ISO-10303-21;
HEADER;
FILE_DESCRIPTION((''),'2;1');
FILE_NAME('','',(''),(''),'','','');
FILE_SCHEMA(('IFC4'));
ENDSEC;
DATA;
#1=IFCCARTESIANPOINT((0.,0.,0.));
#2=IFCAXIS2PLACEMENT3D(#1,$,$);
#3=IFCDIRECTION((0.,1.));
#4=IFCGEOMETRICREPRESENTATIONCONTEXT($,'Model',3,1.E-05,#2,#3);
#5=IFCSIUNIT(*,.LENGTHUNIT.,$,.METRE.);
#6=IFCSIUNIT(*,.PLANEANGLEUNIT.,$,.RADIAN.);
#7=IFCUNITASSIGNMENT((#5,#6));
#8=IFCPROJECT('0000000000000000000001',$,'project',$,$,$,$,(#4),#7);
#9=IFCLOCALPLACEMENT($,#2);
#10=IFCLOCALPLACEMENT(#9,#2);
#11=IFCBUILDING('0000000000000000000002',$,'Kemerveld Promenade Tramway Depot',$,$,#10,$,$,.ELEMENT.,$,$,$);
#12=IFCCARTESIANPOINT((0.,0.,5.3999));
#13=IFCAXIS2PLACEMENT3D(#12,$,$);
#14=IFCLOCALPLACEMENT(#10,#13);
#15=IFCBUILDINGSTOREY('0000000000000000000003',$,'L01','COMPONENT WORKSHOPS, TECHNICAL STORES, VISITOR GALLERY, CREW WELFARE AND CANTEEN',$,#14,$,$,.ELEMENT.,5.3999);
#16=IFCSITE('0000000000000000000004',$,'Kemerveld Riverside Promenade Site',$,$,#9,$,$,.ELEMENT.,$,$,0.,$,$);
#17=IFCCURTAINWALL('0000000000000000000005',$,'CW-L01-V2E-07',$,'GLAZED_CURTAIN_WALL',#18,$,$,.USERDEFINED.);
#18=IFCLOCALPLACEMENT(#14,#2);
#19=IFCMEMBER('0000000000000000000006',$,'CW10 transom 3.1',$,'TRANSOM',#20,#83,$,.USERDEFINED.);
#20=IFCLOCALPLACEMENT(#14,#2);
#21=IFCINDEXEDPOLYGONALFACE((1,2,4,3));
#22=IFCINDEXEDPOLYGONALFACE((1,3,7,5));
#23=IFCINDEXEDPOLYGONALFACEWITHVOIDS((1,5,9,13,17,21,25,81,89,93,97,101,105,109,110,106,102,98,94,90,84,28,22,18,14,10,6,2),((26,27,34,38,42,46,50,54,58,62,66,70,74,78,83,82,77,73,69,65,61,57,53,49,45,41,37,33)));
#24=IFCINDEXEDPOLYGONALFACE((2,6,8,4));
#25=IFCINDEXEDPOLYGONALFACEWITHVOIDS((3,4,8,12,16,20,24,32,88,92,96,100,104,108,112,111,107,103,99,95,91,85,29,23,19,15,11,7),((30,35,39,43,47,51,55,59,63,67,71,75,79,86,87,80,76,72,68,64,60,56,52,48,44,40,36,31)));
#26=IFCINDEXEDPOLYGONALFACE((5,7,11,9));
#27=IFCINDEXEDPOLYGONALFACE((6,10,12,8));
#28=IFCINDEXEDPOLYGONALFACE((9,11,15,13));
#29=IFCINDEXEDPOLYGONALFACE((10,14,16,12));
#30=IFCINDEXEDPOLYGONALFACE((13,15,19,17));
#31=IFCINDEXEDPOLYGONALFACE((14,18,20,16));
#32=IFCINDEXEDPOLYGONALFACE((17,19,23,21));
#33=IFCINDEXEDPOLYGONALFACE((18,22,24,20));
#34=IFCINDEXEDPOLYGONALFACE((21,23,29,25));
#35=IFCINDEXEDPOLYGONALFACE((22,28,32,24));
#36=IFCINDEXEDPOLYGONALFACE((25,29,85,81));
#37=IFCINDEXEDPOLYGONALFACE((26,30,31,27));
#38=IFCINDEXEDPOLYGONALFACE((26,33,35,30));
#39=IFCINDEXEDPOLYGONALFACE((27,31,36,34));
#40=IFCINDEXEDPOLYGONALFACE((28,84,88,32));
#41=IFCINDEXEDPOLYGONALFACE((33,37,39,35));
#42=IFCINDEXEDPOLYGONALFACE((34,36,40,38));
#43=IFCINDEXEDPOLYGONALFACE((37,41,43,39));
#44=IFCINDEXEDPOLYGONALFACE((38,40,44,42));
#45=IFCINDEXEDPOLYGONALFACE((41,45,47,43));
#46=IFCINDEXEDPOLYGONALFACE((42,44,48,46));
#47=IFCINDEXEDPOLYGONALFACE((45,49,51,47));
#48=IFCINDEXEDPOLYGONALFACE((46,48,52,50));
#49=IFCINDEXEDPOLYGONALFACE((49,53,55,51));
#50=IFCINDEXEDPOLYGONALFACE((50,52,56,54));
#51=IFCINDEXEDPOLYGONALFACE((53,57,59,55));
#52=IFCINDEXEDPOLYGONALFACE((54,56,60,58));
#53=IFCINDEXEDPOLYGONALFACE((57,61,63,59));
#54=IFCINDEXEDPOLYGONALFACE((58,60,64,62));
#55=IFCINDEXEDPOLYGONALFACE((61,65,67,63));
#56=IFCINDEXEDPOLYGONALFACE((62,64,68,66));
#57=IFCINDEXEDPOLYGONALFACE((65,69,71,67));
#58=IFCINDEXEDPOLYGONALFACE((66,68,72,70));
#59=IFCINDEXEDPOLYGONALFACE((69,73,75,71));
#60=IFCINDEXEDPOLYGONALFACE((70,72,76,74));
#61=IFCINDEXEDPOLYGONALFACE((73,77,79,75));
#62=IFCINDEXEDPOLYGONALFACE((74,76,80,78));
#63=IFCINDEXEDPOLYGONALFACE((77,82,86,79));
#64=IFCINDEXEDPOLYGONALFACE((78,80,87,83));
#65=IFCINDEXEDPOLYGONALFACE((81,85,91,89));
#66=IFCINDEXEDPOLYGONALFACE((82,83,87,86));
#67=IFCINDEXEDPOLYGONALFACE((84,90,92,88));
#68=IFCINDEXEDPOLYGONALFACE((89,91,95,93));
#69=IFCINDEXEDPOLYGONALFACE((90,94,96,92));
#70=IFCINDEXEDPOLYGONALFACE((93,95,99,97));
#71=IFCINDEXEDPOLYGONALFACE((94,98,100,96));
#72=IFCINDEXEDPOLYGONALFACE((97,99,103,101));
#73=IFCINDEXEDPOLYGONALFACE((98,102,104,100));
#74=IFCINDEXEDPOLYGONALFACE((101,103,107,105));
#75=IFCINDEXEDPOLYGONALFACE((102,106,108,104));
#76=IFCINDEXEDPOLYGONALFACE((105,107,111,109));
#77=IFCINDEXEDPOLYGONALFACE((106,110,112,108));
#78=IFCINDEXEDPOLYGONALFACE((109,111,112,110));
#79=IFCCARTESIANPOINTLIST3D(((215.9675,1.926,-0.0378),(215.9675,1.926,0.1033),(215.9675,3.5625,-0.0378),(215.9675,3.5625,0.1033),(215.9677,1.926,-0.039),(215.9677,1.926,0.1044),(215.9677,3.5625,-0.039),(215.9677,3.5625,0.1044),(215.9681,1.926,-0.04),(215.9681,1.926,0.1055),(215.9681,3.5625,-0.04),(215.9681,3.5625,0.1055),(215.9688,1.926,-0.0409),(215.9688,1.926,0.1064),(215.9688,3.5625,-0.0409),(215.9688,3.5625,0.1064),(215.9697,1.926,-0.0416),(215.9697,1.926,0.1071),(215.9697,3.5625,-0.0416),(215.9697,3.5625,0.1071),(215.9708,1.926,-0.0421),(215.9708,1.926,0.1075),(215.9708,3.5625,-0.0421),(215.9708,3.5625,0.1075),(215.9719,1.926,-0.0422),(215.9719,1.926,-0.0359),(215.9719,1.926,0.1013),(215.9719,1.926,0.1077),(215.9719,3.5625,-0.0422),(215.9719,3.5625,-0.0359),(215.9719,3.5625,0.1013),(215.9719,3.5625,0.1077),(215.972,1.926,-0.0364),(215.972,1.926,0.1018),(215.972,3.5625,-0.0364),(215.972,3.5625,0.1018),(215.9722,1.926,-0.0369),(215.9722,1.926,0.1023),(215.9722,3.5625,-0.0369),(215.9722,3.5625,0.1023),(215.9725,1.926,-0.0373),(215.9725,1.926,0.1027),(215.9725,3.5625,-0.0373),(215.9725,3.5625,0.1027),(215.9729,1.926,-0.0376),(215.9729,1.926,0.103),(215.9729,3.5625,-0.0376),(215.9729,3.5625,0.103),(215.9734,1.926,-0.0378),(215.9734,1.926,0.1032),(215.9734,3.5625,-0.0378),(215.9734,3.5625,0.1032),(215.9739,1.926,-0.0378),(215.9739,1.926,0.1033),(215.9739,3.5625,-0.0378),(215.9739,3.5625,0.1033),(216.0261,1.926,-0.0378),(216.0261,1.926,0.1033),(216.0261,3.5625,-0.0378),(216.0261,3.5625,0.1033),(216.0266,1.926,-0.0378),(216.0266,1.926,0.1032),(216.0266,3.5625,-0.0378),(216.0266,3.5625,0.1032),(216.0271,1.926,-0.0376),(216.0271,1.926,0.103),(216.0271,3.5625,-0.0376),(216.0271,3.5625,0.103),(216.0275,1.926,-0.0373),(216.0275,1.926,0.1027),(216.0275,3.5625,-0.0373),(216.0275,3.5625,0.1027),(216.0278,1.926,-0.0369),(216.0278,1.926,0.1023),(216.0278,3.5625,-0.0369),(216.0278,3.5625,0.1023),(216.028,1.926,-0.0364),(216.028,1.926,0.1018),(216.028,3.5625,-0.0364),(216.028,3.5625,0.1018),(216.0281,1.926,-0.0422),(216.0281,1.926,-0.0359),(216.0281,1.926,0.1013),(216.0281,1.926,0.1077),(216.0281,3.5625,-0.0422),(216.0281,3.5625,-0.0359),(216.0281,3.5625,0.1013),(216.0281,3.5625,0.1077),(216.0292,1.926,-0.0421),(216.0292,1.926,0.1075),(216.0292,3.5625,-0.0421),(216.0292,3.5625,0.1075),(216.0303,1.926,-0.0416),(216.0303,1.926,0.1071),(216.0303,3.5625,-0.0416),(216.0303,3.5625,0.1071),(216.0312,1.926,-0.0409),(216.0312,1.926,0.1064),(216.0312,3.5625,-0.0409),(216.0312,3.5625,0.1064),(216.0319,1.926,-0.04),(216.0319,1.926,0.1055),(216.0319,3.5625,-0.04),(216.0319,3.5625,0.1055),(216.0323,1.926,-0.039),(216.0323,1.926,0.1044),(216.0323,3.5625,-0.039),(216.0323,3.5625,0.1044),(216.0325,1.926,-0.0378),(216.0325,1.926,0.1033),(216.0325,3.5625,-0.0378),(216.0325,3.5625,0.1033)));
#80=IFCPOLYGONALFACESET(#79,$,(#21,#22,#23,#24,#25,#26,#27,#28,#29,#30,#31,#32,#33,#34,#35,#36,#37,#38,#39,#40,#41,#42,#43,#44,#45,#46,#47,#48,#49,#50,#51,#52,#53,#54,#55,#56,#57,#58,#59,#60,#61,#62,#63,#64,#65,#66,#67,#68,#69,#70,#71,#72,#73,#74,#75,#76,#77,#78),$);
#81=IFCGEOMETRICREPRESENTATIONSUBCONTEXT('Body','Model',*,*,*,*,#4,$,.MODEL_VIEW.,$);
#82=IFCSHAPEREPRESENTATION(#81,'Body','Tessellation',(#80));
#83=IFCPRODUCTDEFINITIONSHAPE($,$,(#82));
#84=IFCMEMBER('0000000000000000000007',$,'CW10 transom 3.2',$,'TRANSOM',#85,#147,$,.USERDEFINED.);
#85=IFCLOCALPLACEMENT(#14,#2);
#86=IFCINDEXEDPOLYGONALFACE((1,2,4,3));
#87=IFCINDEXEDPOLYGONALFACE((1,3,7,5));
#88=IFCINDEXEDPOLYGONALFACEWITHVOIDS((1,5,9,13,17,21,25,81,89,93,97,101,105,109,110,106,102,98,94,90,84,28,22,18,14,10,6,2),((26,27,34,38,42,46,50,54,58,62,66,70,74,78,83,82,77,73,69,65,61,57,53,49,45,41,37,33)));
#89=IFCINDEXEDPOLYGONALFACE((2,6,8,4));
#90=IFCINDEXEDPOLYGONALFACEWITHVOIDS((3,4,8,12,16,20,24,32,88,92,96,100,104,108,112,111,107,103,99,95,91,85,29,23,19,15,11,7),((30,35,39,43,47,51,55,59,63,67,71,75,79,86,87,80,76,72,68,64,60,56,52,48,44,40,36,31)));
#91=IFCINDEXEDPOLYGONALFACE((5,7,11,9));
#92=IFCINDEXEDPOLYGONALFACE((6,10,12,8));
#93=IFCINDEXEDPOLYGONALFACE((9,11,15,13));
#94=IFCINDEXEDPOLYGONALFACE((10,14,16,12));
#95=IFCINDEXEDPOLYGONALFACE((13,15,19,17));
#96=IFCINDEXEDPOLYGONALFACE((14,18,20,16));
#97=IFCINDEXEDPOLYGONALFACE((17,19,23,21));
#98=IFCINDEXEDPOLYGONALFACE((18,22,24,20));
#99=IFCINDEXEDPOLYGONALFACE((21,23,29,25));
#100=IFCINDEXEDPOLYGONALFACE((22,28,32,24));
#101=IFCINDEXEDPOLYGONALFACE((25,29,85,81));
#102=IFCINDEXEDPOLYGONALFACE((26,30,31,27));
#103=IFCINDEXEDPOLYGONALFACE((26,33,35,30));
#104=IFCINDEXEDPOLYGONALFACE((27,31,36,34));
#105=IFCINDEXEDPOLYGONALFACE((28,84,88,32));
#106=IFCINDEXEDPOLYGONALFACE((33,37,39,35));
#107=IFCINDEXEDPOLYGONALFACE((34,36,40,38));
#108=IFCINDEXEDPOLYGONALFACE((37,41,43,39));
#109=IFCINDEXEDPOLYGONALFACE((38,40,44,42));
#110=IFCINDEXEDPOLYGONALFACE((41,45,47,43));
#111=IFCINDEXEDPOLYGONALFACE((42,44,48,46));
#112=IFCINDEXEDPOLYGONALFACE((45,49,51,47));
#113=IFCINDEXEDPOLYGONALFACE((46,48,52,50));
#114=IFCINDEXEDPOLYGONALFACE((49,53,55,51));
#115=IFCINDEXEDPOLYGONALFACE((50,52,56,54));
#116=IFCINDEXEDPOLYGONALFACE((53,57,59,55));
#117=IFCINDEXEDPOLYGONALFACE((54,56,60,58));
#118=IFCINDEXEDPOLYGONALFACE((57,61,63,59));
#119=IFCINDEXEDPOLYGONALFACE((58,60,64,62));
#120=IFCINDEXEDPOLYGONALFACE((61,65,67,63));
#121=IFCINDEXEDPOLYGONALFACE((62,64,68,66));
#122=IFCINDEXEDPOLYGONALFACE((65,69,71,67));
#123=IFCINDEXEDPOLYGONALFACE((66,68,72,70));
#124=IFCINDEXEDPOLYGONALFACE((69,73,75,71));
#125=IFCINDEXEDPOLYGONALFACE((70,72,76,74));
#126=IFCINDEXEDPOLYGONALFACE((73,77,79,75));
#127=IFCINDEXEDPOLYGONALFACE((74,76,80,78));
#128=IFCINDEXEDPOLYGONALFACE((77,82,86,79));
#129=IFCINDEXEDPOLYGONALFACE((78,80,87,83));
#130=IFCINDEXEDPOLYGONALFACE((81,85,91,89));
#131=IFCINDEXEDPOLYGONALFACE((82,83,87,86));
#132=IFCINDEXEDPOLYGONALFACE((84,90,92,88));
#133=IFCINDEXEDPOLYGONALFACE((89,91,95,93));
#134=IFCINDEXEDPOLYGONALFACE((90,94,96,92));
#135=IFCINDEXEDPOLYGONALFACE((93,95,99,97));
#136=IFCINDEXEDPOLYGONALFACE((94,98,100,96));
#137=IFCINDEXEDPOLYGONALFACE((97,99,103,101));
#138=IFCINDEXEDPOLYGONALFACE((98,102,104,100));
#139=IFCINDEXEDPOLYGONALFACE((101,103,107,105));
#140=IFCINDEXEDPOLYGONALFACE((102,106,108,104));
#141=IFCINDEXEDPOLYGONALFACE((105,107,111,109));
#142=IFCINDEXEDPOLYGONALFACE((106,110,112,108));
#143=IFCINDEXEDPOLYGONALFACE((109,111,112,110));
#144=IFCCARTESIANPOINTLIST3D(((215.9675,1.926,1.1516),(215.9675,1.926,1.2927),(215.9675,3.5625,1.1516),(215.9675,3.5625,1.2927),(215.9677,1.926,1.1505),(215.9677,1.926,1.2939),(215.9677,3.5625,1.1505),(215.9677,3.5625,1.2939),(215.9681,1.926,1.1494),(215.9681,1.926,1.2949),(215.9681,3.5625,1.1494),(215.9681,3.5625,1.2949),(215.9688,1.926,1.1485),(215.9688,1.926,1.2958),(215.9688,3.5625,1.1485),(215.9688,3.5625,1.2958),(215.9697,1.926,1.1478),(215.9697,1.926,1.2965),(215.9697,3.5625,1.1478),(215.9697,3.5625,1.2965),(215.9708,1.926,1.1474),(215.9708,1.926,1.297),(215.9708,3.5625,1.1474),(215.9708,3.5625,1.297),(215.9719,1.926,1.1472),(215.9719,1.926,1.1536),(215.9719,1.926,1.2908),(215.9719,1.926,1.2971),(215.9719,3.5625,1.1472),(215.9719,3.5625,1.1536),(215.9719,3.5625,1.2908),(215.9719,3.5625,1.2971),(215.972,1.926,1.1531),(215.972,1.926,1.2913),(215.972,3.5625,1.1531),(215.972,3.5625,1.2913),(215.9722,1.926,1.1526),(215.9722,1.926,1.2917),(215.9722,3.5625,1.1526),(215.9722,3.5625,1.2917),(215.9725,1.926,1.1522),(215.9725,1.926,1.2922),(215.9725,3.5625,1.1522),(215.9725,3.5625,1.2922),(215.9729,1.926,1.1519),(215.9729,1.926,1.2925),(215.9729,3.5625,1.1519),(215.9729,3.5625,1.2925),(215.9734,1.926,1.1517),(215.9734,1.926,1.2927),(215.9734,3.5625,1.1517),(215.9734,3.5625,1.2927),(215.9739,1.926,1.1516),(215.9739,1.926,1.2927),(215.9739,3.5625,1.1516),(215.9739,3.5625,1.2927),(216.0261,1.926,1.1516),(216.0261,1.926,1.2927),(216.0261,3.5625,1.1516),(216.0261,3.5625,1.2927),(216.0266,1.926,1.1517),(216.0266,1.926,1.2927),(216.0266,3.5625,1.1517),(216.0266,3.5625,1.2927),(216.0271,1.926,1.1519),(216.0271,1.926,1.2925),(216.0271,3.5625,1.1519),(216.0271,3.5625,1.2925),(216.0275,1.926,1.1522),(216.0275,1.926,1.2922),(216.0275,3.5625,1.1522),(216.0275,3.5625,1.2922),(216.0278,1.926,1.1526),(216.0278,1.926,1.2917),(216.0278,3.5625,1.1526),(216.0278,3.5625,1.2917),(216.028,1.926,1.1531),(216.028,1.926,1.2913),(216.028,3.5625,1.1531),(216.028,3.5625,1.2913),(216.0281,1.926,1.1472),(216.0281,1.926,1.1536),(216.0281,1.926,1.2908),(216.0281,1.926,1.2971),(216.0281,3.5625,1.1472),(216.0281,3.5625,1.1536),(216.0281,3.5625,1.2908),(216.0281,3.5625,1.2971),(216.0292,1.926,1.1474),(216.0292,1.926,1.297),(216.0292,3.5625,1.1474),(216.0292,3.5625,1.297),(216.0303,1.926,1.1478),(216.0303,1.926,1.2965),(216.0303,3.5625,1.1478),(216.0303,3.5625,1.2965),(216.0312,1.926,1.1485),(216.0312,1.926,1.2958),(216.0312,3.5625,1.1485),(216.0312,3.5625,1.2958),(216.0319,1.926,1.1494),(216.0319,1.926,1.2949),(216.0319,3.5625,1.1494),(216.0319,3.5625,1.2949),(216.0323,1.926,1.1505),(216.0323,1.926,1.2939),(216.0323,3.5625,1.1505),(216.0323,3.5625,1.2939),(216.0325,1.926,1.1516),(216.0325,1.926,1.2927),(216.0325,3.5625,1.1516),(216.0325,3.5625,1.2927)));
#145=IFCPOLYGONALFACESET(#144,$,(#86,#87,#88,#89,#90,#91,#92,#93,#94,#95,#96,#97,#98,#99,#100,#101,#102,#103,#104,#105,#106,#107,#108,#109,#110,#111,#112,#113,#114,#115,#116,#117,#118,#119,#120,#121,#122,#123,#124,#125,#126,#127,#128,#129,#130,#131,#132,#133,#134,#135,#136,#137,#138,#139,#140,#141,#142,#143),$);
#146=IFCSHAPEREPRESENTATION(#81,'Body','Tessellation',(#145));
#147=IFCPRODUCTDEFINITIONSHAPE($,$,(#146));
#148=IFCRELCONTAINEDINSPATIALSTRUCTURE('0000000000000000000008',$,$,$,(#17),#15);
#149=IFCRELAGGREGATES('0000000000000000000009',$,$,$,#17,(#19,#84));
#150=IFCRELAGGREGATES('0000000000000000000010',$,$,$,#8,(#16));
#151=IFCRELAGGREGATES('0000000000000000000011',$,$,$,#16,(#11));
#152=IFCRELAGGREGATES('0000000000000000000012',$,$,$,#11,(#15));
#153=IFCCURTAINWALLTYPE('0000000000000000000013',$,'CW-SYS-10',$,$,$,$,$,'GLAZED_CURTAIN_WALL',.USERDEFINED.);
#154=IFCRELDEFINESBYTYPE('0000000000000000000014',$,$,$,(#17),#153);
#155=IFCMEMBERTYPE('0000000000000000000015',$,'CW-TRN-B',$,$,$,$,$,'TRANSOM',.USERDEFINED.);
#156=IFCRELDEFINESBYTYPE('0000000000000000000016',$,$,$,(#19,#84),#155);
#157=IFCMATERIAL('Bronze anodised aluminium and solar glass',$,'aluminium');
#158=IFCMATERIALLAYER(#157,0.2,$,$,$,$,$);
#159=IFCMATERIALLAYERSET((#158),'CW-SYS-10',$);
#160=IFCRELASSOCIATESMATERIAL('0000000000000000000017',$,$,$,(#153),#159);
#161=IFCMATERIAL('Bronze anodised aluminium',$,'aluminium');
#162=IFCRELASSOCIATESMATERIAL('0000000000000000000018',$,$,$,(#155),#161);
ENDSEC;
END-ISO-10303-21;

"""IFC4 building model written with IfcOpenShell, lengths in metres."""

from ifc_helpers import new_model, si_unit, direction, frame, origin, origin_2d, place, context, subcontext, project, spatial, hollow_rectangle, extrude, material, layer, layer_set, material_profile, profile_set, type_object, element, aggregate, save


model = new_model("IFC4")

# Units and contexts
model_context = context("Model", 3, precision=1e-05, world=origin(), true_north=direction((0.0, 1.0)))
body_context = subcontext(model_context, "Body", "Model", "MODEL_VIEW")
ifc_project = project(units=[si_unit("LENGTHUNIT", "METRE"), si_unit("PLANEANGLEUNIT", "RADIAN")], contexts=[model_context])

# Site, building, storey
site_placement = place(None, origin())
site = spatial("IfcSite", under=ifc_project, at=site_placement, Name="Kemerveld Riverside Promenade Site", CompositionType="ELEMENT", RefElevation=0.0)
building_placement = place(site_placement, origin())
building = spatial("IfcBuilding", under=site, at=building_placement, Name="Kemerveld Promenade Tramway Depot", CompositionType="ELEMENT")
storey_placement = place(building_placement, frame((0.0, 0.0, 5.3999)))
storey = spatial("IfcBuildingStorey", under=building, at=storey_placement, Name="L01", Description="COMPONENT WORKSHOPS, TECHNICAL STORES, VISITOR GALLERY, CREW WELFARE AND CANTEEN", CompositionType="ELEMENT", Elevation=5.3999)

# Curtain wall, members
ifc_material_1 = material(Name="Bronze anodised aluminium and solar glass", Category="aluminium")
ifc_layer_1 = layer(ifc_material_1, 0.2)
ifc_layer_set_1 = layer_set([ifc_layer_1], Name="CW-SYS-10")
curtain_wall_type = type_object("IfcCurtainWallType", Name="CW-SYS-10", ElementType="GLAZED_CURTAIN_WALL", PredefinedType="USERDEFINED", material=ifc_layer_set_1)
curtain_wall_placement = place(storey_placement, origin())
curtain_wall = element("IfcCurtainWall", 1, at=curtain_wall_placement, inside=storey, type_object=curtain_wall_type, Name="CW-L01-V2E-07", ObjectType="GLAZED_CURTAIN_WALL", PredefinedType="USERDEFINED")
ifc_material_2 = material(Name="Bronze anodised aluminium", Category="aluminium")
ifc_material_profile_1 = material_profile(ifc_material_2, hollow_rectangle(XDim=0.0649, YDim=0.1499, WallThickness=0.0044, InnerFilletRadius=0.002, OuterFilletRadius=0.0044, at=origin_2d()), Name="CW-TRN-150x65")
ifc_profile_set_1 = profile_set([ifc_material_profile_1], Name="Bronze anodised aluminium")
member_type_1 = type_object("IfcMemberType", Name="CW-TRN-B", ElementType="TRANSOM", PredefinedType="USERDEFINED", material=ifc_profile_set_1)
member_1_placement = place(storey_placement, frame((216.0, 3.5625, 0.0327), z_axis=(0.0, -1.0, 0.0), x_axis=(1.0, 0.0, 0.0)))
member_1 = element("IfcMember", 2, at=member_1_placement, type_object=member_type_1, Name="CW10 transom 3.1", ObjectType="TRANSOM", PredefinedType="USERDEFINED", context=body_context, shape_type="SweptSolid", body=[
    extrude(hollow_rectangle(XDim=0.0649, YDim=0.1499, WallThickness=0.0044, InnerFilletRadius=0.002, OuterFilletRadius=0.0044, at=origin_2d()), origin(), (0.0, 0.0, 1.0), 1.6365),
])
member_2_placement = place(storey_placement, frame((216.0, 3.5625, 1.2222), z_axis=(0.0, -1.0, 0.0), x_axis=(1.0, 0.0, 0.0)))
member_2 = element("IfcMember", 3, at=member_2_placement, type_object=member_type_1, Name="CW10 transom 3.2", ObjectType="TRANSOM", PredefinedType="USERDEFINED", context=body_context, shape_type="SweptSolid", body=[
    extrude(hollow_rectangle(XDim=0.0649, YDim=0.1499, WallThickness=0.0044, InnerFilletRadius=0.002, OuterFilletRadius=0.0044, at=origin_2d()), origin(), (0.0, 0.0, 1.0), 1.6365),
])
aggregate(curtain_wall, [member_1, member_2])

save(model, "model.ifc")
